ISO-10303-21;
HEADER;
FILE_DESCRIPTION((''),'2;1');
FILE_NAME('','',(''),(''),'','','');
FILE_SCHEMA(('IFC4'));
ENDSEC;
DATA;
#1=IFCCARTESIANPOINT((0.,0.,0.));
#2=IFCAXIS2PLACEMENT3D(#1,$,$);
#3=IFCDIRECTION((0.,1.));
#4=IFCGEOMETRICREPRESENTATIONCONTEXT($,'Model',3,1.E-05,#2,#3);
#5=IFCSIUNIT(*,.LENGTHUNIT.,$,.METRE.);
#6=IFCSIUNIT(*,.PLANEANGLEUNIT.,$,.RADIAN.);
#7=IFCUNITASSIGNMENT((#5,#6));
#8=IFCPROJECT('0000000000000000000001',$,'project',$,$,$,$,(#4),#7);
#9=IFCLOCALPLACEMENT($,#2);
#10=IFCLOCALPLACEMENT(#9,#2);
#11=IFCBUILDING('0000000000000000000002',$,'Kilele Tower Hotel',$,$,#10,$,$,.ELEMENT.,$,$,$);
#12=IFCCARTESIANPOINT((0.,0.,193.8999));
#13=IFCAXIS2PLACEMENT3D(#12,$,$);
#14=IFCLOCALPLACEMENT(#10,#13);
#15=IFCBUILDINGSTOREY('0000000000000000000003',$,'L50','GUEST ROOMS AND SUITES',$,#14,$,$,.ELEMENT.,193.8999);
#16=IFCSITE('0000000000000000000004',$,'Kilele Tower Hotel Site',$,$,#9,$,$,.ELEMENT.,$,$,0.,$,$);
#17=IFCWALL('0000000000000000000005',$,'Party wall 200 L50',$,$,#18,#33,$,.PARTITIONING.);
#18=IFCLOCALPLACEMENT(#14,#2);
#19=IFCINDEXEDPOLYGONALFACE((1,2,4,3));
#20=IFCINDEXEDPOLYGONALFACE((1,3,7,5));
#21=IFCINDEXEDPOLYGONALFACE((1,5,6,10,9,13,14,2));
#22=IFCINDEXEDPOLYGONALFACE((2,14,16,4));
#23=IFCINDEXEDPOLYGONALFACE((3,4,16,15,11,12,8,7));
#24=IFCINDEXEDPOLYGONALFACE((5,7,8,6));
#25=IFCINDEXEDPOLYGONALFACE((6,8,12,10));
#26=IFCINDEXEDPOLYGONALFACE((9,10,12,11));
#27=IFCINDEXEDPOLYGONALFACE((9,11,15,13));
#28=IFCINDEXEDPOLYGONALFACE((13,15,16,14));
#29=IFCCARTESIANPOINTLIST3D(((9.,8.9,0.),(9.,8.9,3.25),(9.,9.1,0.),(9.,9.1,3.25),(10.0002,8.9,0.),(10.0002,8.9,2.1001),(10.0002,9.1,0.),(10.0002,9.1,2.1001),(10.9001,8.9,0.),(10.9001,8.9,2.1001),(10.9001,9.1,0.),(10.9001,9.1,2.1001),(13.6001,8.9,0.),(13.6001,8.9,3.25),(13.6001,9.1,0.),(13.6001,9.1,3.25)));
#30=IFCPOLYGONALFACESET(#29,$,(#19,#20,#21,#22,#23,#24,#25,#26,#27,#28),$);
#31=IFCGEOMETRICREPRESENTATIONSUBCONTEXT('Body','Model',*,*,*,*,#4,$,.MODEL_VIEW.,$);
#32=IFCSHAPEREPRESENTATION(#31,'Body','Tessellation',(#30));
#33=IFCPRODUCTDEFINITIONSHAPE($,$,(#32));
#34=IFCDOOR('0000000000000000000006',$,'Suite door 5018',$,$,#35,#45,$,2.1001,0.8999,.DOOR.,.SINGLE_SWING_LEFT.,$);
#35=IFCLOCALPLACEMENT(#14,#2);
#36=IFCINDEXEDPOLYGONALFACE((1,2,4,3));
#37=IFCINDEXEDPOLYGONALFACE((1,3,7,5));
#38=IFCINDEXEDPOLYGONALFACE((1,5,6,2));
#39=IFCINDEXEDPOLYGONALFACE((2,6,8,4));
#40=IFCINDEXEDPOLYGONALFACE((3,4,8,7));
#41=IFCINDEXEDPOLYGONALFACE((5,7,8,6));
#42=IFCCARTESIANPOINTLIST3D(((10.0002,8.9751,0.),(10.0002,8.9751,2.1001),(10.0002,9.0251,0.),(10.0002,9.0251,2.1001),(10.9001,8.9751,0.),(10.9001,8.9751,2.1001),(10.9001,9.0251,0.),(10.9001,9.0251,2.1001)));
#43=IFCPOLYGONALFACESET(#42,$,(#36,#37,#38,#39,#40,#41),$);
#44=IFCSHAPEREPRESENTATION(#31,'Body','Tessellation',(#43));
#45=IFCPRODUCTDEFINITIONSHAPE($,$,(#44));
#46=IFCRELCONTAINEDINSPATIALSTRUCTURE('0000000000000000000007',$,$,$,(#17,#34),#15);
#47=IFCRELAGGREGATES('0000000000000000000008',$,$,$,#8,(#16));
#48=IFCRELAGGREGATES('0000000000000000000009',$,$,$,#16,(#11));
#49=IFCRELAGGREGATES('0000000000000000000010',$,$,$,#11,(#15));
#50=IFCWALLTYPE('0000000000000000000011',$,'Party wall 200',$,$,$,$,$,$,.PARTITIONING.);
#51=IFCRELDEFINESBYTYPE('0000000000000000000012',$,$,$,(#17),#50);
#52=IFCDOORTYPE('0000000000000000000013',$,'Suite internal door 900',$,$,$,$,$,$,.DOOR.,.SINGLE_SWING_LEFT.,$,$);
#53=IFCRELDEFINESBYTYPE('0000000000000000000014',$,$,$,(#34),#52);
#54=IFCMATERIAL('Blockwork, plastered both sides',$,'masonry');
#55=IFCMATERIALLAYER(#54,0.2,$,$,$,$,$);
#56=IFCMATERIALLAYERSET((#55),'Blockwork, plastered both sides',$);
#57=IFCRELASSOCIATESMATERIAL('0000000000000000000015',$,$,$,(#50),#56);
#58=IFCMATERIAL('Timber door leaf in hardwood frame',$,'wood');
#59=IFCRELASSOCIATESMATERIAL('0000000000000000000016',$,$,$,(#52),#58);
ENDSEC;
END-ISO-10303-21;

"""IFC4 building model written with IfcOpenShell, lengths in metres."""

from ifc_helpers import new_model, si_unit, direction, frame, frame_2d, origin, place, context, subcontext, project, spatial, rectangle, extrude, material, layer, layer_set, type_object, element, fill, save


model = new_model("IFC4")

# Units and contexts
model_context = context("Model", 3, precision=1e-05, world=origin(), true_north=direction((0.0, 1.0)))
body_context = subcontext(model_context, "Body", "Model", "MODEL_VIEW")
ifc_project = project(units=[si_unit("LENGTHUNIT", "METRE"), si_unit("PLANEANGLEUNIT", "RADIAN")], contexts=[model_context])

# Site, building, storey
site_placement = place(None, origin())
site = spatial("IfcSite", under=ifc_project, at=site_placement, Name="Kilele Tower Hotel Site", CompositionType="ELEMENT", RefElevation=0.0)
building_placement = place(site_placement, origin())
building = spatial("IfcBuilding", under=site, at=building_placement, Name="Kilele Tower Hotel", CompositionType="ELEMENT")
storey_placement = place(building_placement, frame((0.0, 0.0, 193.8999)))
storey = spatial("IfcBuildingStorey", under=building, at=storey_placement, Name="L50", Description="GUEST ROOMS AND SUITES", CompositionType="ELEMENT", Elevation=193.8999)

# Wall, opening, door
ifc_material_1 = material(Name="Blockwork, plastered both sides", Category="masonry")
ifc_layer_1 = layer(ifc_material_1, 0.2)
ifc_layer_set_1 = layer_set([ifc_layer_1], Name="Blockwork, plastered both sides")
wall_type_1 = type_object("IfcWallType", Name="Party wall 200", PredefinedType="PARTITIONING", material=ifc_layer_set_1)
wall_1_placement = place(storey_placement, frame((13.6001, 9.0, 0.0), z_axis=(0.0, 0.0, 1.0), x_axis=(-1.0, 0.0, 0.0)))
wall_1 = element("IfcWall", 1, at=wall_1_placement, inside=storey, type_object=wall_type_1, Name="Party wall 200 L50", PredefinedType="PARTITIONING", context=body_context, shape_type="SweptSolid", body=[
    extrude(rectangle(XDim=4.6001, YDim=0.2, at=frame_2d((2.3, 0.0))), origin(), (0.0, 0.0, 1.0), 3.25),
])
opening_1_placement = place(wall_1_placement, frame((2.7, 0.0, 0.0)))
opening_1 = element("IfcOpeningElement", 2, at=opening_1_placement, cuts=wall_1, PredefinedType="OPENING", context=body_context, shape_type="SweptSolid", body=[
    extrude(rectangle(XDim=0.8999, YDim=2.1001, at=frame_2d((0.45, 1.05))), frame((0.0, 0.1099, 0.0), z_axis=(0.0, -1.0, 0.0), x_axis=(1.0, 0.0, 0.0)), (0.0, 0.0, 1.0), 0.22),
])
ifc_material_2 = material(Name="Timber door leaf in hardwood frame", Category="wood")
door_type_1 = type_object("IfcDoorType", Name="Suite internal door 900", OperationType="SINGLE_SWING_LEFT", PredefinedType="DOOR", material=ifc_material_2)
door_1_placement = place(opening_1_placement, origin())
door_1 = element("IfcDoor", 3, at=door_1_placement, inside=storey, type_object=door_type_1, Name="Suite door 5018", OperationType="SINGLE_SWING_LEFT", OverallHeight=2.1001, OverallWidth=0.8999, PredefinedType="DOOR", context=body_context, shape_type="SweptSolid", body=[
    extrude(rectangle(XDim=0.8999, YDim=2.1001, at=frame_2d((0.45, 1.05))), frame((0.0, 0.0249, 0.0), z_axis=(0.0, -1.0, 0.0), x_axis=(1.0, 0.0, 0.0)), (0.0, 0.0, 1.0), 0.05),
])
fill(opening_1, door_1)

save(model, "model.ifc")
